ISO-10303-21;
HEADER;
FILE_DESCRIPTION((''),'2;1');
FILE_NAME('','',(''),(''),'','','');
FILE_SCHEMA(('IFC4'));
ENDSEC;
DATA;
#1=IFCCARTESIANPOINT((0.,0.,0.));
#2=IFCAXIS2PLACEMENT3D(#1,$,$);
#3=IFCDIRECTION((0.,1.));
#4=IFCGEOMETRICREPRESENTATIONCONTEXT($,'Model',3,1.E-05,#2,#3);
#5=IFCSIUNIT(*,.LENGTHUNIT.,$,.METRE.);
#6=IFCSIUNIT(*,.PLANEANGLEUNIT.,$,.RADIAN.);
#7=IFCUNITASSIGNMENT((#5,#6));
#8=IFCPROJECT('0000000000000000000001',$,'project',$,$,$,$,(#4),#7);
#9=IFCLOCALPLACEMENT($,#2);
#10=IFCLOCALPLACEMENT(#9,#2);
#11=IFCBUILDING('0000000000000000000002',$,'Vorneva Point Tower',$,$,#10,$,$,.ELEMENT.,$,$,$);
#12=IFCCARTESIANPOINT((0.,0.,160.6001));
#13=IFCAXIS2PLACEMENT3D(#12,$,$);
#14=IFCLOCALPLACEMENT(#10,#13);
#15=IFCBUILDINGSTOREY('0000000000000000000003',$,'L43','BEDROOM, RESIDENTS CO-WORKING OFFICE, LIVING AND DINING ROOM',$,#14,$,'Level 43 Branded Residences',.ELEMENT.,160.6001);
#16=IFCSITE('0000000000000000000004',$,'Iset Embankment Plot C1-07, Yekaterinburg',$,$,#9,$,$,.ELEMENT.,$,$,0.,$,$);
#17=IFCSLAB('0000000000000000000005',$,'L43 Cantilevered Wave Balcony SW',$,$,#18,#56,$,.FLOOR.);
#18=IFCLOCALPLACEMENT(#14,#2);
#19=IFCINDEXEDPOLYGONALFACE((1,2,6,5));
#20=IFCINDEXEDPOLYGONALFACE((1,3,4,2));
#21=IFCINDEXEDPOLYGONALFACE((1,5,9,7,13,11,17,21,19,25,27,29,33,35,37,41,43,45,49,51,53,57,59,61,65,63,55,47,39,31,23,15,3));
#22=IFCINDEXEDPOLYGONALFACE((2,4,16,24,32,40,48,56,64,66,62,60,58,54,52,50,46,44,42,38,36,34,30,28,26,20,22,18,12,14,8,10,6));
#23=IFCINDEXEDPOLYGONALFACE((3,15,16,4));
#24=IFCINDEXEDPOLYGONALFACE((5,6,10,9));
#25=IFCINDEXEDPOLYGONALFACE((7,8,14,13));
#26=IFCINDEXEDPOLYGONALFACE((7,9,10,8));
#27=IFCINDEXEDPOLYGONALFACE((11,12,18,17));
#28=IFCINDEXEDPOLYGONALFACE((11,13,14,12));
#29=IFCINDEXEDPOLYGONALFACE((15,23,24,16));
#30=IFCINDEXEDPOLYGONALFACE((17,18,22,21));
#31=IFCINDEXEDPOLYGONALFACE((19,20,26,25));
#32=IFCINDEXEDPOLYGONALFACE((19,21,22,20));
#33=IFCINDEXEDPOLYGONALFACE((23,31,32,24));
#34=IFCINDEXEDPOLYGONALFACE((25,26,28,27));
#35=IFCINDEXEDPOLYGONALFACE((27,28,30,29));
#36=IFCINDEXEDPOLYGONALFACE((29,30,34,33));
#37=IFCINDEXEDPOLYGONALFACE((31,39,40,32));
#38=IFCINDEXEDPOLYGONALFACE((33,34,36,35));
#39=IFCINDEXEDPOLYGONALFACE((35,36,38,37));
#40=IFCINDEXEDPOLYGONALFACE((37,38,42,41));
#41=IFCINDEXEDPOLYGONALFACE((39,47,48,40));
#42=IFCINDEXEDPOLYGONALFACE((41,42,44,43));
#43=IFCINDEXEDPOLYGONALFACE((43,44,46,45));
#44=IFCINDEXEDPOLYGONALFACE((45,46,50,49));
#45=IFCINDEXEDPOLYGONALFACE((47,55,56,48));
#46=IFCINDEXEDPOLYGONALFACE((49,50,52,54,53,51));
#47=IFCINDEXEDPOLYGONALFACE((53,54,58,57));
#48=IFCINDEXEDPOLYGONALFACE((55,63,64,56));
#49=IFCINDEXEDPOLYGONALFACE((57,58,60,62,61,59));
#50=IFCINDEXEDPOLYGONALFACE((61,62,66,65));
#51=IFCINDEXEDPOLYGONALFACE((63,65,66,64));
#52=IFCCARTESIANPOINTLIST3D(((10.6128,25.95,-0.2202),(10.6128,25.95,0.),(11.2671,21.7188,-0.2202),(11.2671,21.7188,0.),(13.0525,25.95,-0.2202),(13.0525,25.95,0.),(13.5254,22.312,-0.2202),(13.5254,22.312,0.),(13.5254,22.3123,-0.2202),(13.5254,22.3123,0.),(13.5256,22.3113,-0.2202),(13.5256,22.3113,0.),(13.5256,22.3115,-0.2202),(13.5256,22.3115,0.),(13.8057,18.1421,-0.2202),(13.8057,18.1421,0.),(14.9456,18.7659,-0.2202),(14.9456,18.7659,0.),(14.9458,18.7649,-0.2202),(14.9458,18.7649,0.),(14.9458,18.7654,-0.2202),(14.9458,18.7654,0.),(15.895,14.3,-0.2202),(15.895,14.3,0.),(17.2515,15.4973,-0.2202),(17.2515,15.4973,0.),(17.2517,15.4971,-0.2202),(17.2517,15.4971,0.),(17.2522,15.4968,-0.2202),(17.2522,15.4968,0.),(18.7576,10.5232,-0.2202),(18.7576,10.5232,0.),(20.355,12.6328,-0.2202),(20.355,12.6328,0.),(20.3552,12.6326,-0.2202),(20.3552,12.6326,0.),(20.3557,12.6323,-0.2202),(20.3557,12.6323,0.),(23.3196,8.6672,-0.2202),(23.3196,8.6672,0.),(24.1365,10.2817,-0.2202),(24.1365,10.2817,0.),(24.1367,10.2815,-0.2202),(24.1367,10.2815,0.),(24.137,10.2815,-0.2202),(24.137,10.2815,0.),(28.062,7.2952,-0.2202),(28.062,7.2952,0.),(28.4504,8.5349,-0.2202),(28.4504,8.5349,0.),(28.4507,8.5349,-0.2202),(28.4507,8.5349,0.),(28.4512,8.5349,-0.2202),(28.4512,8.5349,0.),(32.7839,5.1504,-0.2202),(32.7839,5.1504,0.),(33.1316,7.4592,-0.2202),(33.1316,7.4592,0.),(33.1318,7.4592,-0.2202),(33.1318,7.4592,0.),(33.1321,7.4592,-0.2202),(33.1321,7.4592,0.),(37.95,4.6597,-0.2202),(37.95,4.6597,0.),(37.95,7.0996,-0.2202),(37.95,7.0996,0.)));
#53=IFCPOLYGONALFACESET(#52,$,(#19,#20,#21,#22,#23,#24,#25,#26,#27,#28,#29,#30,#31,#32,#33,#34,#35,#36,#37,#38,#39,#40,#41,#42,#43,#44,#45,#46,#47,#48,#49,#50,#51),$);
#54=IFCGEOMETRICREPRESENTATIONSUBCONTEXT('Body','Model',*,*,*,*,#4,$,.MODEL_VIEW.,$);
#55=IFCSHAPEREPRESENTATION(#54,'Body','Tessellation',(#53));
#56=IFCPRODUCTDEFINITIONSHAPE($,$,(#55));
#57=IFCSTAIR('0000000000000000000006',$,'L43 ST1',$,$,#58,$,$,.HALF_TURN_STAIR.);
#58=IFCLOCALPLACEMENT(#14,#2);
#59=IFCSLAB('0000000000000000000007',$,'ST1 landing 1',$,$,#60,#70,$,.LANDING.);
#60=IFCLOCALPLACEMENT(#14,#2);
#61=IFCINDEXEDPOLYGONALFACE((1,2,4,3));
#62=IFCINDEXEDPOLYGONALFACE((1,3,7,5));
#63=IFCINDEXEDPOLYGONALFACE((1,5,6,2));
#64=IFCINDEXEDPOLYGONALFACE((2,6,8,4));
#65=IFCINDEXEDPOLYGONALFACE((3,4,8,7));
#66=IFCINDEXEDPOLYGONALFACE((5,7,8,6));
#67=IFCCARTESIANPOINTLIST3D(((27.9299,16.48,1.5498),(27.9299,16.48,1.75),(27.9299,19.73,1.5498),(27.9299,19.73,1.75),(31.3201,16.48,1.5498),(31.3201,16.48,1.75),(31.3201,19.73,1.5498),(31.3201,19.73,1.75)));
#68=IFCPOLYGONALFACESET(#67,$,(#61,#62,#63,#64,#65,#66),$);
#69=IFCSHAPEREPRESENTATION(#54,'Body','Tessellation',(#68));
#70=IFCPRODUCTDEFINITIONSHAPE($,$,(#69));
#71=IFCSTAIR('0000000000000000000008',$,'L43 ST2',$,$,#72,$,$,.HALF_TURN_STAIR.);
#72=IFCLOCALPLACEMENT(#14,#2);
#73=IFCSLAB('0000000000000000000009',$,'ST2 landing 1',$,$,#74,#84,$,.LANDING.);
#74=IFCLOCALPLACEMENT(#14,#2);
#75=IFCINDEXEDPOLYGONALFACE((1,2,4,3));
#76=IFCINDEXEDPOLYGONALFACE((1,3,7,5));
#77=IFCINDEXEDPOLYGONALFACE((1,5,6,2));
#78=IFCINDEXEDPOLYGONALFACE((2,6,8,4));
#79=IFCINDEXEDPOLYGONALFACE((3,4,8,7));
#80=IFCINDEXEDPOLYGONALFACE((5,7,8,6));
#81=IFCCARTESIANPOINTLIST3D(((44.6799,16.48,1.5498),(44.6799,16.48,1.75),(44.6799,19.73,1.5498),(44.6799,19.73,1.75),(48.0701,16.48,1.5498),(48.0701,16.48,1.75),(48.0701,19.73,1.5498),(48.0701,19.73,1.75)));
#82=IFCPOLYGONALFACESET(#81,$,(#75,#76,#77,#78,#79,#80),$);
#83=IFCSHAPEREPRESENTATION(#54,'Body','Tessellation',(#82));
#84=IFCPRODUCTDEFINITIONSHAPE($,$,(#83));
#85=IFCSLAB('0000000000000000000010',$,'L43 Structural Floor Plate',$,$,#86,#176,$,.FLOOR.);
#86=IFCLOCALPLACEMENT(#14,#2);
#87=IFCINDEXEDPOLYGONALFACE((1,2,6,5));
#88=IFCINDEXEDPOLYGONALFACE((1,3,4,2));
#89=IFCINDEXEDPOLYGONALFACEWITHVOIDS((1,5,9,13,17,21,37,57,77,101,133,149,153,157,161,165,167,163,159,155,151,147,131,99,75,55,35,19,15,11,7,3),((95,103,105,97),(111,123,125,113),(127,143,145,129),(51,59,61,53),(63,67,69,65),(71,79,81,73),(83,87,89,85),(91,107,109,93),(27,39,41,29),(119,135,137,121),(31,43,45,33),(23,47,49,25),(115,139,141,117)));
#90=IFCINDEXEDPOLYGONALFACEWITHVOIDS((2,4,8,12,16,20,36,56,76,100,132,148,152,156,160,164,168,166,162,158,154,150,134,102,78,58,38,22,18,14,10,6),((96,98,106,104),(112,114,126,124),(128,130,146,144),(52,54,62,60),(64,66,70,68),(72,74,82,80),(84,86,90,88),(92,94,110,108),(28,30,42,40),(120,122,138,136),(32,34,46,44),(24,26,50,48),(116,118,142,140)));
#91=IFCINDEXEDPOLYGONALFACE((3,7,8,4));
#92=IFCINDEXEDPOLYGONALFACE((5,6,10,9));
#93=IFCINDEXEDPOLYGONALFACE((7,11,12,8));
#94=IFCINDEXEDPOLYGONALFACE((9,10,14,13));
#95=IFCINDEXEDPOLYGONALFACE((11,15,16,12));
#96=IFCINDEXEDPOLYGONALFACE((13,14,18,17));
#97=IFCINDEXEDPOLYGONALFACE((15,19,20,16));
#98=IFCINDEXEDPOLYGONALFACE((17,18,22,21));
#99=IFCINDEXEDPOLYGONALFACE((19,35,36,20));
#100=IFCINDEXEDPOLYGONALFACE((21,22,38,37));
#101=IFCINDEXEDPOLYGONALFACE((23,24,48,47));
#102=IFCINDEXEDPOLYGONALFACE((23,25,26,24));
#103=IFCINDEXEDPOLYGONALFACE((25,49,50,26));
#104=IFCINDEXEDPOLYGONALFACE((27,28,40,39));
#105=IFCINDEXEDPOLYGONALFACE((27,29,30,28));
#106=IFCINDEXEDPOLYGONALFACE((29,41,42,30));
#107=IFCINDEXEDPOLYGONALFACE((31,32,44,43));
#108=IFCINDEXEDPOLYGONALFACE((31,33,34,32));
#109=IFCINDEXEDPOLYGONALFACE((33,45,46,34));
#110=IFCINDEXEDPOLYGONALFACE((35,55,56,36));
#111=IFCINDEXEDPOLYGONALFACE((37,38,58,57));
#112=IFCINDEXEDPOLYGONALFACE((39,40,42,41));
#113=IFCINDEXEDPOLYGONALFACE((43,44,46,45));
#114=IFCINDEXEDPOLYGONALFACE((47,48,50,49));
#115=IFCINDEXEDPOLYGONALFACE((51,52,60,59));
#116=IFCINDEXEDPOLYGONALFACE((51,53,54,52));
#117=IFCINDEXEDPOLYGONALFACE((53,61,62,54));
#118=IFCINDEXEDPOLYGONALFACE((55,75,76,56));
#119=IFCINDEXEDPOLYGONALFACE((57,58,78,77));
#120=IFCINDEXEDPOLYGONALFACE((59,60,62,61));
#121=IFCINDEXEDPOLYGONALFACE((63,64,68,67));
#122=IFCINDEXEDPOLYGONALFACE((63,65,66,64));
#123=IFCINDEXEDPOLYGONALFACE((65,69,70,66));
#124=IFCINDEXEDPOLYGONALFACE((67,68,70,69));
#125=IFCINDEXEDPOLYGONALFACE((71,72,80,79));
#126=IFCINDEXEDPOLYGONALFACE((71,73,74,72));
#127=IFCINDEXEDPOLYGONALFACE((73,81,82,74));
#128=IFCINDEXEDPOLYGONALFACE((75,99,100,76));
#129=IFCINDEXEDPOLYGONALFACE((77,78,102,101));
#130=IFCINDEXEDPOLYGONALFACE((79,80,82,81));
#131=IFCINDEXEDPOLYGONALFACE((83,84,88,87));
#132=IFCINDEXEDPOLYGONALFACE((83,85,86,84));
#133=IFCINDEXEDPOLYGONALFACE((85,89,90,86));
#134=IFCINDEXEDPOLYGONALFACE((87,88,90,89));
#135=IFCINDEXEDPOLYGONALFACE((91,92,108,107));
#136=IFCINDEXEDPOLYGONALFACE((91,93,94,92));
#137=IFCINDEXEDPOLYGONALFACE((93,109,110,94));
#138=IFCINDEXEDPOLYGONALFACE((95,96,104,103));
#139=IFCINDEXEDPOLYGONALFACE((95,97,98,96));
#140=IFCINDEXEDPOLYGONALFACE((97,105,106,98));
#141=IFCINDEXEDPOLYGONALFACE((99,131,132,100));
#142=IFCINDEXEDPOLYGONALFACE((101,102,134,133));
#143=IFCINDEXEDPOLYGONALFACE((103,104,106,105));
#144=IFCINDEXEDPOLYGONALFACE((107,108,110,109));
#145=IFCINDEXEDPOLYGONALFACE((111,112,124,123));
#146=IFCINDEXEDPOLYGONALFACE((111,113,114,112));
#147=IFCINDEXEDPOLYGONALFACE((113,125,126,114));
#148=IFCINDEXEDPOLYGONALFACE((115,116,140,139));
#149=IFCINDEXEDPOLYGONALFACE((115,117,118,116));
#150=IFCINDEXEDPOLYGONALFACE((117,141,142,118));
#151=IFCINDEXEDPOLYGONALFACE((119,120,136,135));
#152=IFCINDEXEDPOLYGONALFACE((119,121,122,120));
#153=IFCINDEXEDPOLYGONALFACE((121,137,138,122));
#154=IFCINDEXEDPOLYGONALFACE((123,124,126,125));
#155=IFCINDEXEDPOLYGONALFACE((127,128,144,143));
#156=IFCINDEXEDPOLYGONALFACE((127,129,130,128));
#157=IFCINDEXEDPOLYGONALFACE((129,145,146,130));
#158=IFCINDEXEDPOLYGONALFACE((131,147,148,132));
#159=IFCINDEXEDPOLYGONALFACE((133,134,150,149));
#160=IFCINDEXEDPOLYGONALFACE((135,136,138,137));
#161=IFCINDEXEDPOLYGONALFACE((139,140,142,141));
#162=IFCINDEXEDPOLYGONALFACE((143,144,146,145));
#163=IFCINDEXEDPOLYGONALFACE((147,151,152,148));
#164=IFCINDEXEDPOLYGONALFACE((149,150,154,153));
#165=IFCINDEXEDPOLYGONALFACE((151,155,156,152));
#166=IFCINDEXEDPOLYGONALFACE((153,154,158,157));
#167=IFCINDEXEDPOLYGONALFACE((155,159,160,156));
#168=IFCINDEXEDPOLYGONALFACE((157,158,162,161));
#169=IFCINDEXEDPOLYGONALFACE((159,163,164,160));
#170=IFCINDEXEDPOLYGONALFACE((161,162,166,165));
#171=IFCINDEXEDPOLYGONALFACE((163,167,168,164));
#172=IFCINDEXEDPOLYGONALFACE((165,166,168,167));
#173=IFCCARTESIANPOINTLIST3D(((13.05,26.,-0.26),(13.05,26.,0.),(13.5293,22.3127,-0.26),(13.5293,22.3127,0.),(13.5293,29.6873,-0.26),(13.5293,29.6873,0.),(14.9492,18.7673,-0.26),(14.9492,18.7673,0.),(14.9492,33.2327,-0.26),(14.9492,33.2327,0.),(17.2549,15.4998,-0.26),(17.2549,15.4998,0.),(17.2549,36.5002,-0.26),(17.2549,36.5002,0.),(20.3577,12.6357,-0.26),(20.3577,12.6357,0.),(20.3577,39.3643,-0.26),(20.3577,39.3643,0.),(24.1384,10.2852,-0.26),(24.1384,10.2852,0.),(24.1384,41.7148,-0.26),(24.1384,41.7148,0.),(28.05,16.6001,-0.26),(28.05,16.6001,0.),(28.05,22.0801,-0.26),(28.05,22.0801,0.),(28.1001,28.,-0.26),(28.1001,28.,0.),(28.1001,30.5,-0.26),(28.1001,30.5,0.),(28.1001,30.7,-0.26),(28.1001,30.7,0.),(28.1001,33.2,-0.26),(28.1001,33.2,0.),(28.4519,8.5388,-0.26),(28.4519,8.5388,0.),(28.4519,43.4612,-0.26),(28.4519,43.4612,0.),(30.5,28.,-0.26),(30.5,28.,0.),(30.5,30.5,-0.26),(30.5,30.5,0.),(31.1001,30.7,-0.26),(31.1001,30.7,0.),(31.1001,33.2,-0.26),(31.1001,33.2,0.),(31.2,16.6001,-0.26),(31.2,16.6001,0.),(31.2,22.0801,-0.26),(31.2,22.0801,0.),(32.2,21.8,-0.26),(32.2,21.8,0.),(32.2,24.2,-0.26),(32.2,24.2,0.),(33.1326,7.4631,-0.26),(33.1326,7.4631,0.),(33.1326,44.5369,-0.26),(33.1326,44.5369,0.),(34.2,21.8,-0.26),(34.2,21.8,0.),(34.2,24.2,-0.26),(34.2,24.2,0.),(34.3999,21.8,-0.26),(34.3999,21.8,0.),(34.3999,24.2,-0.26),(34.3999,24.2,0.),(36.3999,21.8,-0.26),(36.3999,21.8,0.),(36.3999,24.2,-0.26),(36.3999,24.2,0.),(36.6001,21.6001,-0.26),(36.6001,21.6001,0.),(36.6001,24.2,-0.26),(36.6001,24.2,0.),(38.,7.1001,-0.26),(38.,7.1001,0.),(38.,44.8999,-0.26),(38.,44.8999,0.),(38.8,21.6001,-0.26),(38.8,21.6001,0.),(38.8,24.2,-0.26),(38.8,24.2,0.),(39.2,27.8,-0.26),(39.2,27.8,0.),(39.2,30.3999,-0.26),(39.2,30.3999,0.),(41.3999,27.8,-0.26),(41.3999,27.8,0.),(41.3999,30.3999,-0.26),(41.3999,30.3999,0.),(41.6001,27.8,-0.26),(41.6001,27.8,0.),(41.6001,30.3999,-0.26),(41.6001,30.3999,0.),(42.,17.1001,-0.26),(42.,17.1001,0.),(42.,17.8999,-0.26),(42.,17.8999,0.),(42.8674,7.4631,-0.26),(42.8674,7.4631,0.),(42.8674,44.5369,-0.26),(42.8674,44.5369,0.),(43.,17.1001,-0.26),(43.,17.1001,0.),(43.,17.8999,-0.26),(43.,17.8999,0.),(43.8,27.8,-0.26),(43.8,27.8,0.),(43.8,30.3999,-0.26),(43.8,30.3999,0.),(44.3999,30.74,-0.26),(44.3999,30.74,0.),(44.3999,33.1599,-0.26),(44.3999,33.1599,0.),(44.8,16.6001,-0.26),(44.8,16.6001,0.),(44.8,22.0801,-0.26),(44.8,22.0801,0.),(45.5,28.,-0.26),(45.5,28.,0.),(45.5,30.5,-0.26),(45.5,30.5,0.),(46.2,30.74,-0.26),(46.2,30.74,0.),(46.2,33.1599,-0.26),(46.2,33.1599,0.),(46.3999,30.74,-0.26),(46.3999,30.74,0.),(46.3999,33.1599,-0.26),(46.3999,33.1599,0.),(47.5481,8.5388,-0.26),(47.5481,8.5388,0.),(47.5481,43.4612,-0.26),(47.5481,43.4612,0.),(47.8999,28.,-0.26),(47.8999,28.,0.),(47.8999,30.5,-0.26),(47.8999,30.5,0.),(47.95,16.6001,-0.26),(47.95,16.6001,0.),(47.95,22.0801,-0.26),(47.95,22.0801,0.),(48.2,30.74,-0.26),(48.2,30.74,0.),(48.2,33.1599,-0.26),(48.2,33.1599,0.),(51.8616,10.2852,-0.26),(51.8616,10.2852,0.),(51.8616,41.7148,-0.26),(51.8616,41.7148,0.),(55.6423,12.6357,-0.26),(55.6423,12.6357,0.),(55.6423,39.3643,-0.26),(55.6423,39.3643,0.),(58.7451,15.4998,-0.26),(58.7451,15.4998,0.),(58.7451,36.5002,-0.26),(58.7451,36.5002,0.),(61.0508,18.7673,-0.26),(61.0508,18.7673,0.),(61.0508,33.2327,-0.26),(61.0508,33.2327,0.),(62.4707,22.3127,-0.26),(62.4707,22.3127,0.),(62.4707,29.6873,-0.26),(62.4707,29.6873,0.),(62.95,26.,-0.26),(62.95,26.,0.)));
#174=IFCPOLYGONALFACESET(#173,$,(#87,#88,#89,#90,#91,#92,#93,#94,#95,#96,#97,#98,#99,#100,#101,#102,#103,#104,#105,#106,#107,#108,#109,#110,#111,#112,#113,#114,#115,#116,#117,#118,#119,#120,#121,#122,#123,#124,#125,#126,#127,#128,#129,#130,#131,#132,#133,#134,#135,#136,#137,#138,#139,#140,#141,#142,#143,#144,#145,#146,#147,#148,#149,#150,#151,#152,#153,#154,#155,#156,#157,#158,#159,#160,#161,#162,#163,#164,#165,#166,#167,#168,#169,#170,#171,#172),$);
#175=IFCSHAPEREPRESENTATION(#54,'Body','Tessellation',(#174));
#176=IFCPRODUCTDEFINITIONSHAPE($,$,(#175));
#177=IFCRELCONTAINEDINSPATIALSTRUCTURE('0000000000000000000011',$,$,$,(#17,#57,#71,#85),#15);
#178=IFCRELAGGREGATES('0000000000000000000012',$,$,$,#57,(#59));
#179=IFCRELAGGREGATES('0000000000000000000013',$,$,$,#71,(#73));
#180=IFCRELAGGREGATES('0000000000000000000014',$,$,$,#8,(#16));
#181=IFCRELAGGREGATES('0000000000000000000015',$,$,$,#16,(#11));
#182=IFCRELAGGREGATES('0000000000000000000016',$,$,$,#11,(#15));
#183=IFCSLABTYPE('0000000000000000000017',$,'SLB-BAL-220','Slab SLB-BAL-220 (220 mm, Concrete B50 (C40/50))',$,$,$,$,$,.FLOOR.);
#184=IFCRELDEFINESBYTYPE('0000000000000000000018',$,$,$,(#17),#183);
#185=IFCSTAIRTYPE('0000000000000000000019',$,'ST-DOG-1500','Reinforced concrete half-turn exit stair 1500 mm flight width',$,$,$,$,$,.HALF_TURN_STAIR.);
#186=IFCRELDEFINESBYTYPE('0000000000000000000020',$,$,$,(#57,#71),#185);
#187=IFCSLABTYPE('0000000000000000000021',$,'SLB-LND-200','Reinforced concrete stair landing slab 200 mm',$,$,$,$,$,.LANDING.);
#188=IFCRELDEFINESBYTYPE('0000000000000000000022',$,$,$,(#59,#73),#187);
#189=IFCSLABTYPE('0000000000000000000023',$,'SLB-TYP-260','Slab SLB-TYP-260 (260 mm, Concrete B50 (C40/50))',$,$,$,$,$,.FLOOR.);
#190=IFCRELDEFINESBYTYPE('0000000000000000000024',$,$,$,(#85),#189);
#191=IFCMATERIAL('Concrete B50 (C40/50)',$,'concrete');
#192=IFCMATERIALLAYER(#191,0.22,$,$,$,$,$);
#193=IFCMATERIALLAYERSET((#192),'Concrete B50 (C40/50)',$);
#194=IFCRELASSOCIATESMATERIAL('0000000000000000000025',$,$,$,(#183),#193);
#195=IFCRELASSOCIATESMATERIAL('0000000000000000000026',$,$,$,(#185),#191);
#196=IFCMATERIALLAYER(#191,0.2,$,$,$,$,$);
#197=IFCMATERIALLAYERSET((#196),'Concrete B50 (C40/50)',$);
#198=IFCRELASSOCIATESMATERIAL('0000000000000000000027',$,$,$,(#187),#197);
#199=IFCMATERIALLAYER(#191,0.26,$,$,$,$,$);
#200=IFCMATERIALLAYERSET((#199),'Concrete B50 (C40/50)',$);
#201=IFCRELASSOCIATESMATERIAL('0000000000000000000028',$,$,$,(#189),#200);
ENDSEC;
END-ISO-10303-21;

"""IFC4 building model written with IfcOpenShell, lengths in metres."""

from ifc_helpers import new_model, si_unit, direction, frame, origin, place, context, subcontext, project, spatial, polyline, outline, extrude, material, layer, layer_set, type_object, element, aggregate, save


model = new_model("IFC4")

# Units and contexts
model_context = context("Model", 3, precision=1e-05, world=origin(), true_north=direction((0.0, 1.0)))
body_context = subcontext(model_context, "Body", "Model", "MODEL_VIEW")
ifc_project = project(units=[si_unit("LENGTHUNIT", "METRE"), si_unit("PLANEANGLEUNIT", "RADIAN")], contexts=[model_context])

# Site, building, storey
site_placement = place(None, origin())
site = spatial("IfcSite", under=ifc_project, at=site_placement, Name="Iset Embankment Plot C1-07, Yekaterinburg", CompositionType="ELEMENT", RefElevation=0.0)
building_placement = place(site_placement, origin())
building = spatial("IfcBuilding", under=site, at=building_placement, Name="Vorneva Point Tower", CompositionType="ELEMENT")
storey_placement = place(building_placement, frame((0.0, 0.0, 160.6001)))
storey = spatial("IfcBuildingStorey", under=building, at=storey_placement, Name="L43", Description="BEDROOM, RESIDENTS CO-WORKING OFFICE, LIVING AND DINING ROOM", LongName="Level 43 Branded Residences", CompositionType="ELEMENT", Elevation=160.6001)

# Slab
ifc_material_1 = material(Name="Concrete B50 (C40/50)", Category="concrete")
ifc_layer_1 = layer(ifc_material_1, 0.22)
ifc_layer_set_1 = layer_set([ifc_layer_1], Name="Concrete B50 (C40/50)")
slab_type_1 = type_object("IfcSlabType", Name="SLB-BAL-220", Description="Slab SLB-BAL-220 (220 mm, Concrete B50 (C40/50))", PredefinedType="FLOOR", material=ifc_layer_set_1)
slab_1_placement = place(storey_placement, frame((0.0, 0.0, -0.2202)))
element("IfcSlab", 1, at=slab_1_placement, inside=storey, type_object=slab_type_1, Name="L43 Cantilevered Wave Balcony SW", PredefinedType="FLOOR", context=body_context, shape_type="SweptSolid", body=[
    extrude(outline(polyline([(37.95, 4.6597), (37.95, 7.0996), (33.1321, 7.4592), (33.1318, 7.4592), (33.1316, 7.4592), (28.4512, 8.5349), (28.4507, 8.5349), (28.4504, 8.5349), (24.137, 10.2815), (24.1367, 10.2815), (24.1365, 10.2817), (20.3557, 12.6323), (20.3552, 12.6326), (20.355, 12.6328), (17.2522, 15.4968), (17.2517, 15.4971), (17.2515, 15.4973), (14.9458, 18.7649), (14.9458, 18.7654), (14.9456, 18.7659), (13.5256, 22.3113), (13.5256, 22.3115), (13.5254, 22.312), (13.5254, 22.3123), (13.0525, 25.95), (10.6128, 25.95), (11.2671, 21.7188), (13.8057, 18.1421), (15.895, 14.3), (18.7576, 10.5232), (23.3196, 8.6672), (28.062, 7.2952), (32.7839, 5.1504), (37.95, 4.6597)])), origin(), (0.0, 0.0, 1.0), 0.2202),
])

# Stairs, slabs
stair_type = type_object("IfcStairType", Name="ST-DOG-1500", Description="Reinforced concrete half-turn exit stair 1500 mm flight width", PredefinedType="HALF_TURN_STAIR", material=ifc_material_1)
stair_1_placement = place(storey_placement, origin())
stair_1 = element("IfcStair", 2, at=stair_1_placement, inside=storey, type_object=stair_type, Name="L43 ST1", PredefinedType="HALF_TURN_STAIR")
ifc_layer_2 = layer(ifc_material_1, 0.2)
ifc_layer_set_2 = layer_set([ifc_layer_2], Name="Concrete B50 (C40/50)")
slab_type_2 = type_object("IfcSlabType", Name="SLB-LND-200", Description="Reinforced concrete stair landing slab 200 mm", PredefinedType="LANDING", material=ifc_layer_set_2)
slab_2_placement = place(storey_placement, frame((0.0, 0.0, 1.5498)))
slab_2 = element("IfcSlab", 3, at=slab_2_placement, type_object=slab_type_2, Name="ST1 landing 1", PredefinedType="LANDING", context=body_context, shape_type="SweptSolid", body=[
    extrude(outline(polyline([(27.9299, 16.48), (31.3201, 16.48), (31.3201, 19.73), (27.9299, 19.73), (27.9299, 16.48)])), origin(), (0.0, 0.0, 1.0), 0.2002),
])
aggregate(stair_1, [slab_2])
stair_2_placement = place(storey_placement, origin())
stair_2 = element("IfcStair", 4, at=stair_2_placement, inside=storey, type_object=stair_type, Name="L43 ST2", PredefinedType="HALF_TURN_STAIR")
slab_3_placement = place(storey_placement, frame((0.0, 0.0, 1.5498)))
slab_3 = element("IfcSlab", 5, at=slab_3_placement, type_object=slab_type_2, Name="ST2 landing 1", PredefinedType="LANDING", context=body_context, shape_type="SweptSolid", body=[
    extrude(outline(polyline([(44.6799, 16.48), (48.0701, 16.48), (48.0701, 19.73), (44.6799, 19.73), (44.6799, 16.48)])), origin(), (0.0, 0.0, 1.0), 0.2002),
])
aggregate(stair_2, [slab_3])

# Slab
ifc_layer_3 = layer(ifc_material_1, 0.26)
ifc_layer_set_3 = layer_set([ifc_layer_3], Name="Concrete B50 (C40/50)")
slab_type_3 = type_object("IfcSlabType", Name="SLB-TYP-260", Description="Slab SLB-TYP-260 (260 mm, Concrete B50 (C40/50))", PredefinedType="FLOOR", material=ifc_layer_set_3)
slab_4_placement = place(storey_placement, frame((0.0, 0.0, -0.26)))
element("IfcSlab", 6, at=slab_4_placement, inside=storey, type_object=slab_type_3, Name="L43 Structural Floor Plate", PredefinedType="FLOOR", context=body_context, shape_type="SweptSolid", body=[
    extrude(outline(polyline([(62.95, 26.0), (62.4707, 29.6873), (61.0508, 33.2327), (58.7451, 36.5002), (55.6423, 39.3643), (51.8616, 41.7148), (47.5481, 43.4612), (42.8674, 44.5369), (38.0, 44.8999), (33.1326, 44.5369), (28.4519, 43.4612), (24.1384, 41.7148), (20.3577, 39.3643), (17.2549, 36.5002), (14.9492, 33.2327), (13.5293, 29.6873), (13.05, 26.0), (13.5293, 22.3127), (14.9492, 18.7673), (17.2549, 15.4998), (20.3577, 12.6357), (24.1384, 10.2852), (28.4519, 8.5388), (33.1326, 7.4631), (38.0, 7.1001), (42.8674, 7.4631), (47.5481, 8.5388), (51.8616, 10.2852), (55.6423, 12.6357), (58.7451, 15.4998), (61.0508, 18.7673), (62.4707, 22.3127), (62.95, 26.0)]), holes=[polyline([(32.2, 21.8), (34.2, 21.8), (34.2, 24.2), (32.2, 24.2), (32.2, 21.8)]), polyline([(34.3999, 21.8), (36.3999, 21.8), (36.3999, 24.2), (34.3999, 24.2), (34.3999, 21.8)]), polyline([(36.6001, 21.6001), (38.8, 21.6001), (38.8, 24.2), (36.6001, 24.2), (36.6001, 21.6001)]), polyline([(39.2, 27.8), (41.3999, 27.8), (41.3999, 30.3999), (39.2, 30.3999), (39.2, 27.8)]), polyline([(41.6001, 27.8), (43.8, 27.8), (43.8, 30.3999), (41.6001, 30.3999), (41.6001, 27.8)]), polyline([(44.3999, 30.74), (46.2, 30.74), (46.2, 33.1599), (44.3999, 33.1599), (44.3999, 30.74)]), polyline([(46.3999, 30.74), (48.2, 30.74), (48.2, 33.1599), (46.3999, 33.1599), (46.3999, 30.74)]), polyline([(28.1001, 28.0), (30.5, 28.0), (30.5, 30.5), (28.1001, 30.5), (28.1001, 28.0)]), polyline([(45.5, 28.0), (47.8999, 28.0), (47.8999, 30.5), (45.5, 30.5), (45.5, 28.0)]), polyline([(28.1001, 30.7), (31.1001, 30.7), (31.1001, 33.2), (28.1001, 33.2), (28.1001, 30.7)]), polyline([(28.05, 16.6001), (31.2, 16.6001), (31.2, 22.0801), (28.05, 22.0801), (28.05, 16.6001)]), polyline([(44.8, 16.6001), (47.95, 16.6001), (47.95, 22.0801), (44.8, 22.0801), (44.8, 16.6001)]), polyline([(42.0, 17.1001), (43.0, 17.1001), (43.0, 17.8999), (42.0, 17.8999), (42.0, 17.1001)])]), origin(), (0.0, 0.0, 1.0), 0.26),
])

save(model, "model.ifc")
